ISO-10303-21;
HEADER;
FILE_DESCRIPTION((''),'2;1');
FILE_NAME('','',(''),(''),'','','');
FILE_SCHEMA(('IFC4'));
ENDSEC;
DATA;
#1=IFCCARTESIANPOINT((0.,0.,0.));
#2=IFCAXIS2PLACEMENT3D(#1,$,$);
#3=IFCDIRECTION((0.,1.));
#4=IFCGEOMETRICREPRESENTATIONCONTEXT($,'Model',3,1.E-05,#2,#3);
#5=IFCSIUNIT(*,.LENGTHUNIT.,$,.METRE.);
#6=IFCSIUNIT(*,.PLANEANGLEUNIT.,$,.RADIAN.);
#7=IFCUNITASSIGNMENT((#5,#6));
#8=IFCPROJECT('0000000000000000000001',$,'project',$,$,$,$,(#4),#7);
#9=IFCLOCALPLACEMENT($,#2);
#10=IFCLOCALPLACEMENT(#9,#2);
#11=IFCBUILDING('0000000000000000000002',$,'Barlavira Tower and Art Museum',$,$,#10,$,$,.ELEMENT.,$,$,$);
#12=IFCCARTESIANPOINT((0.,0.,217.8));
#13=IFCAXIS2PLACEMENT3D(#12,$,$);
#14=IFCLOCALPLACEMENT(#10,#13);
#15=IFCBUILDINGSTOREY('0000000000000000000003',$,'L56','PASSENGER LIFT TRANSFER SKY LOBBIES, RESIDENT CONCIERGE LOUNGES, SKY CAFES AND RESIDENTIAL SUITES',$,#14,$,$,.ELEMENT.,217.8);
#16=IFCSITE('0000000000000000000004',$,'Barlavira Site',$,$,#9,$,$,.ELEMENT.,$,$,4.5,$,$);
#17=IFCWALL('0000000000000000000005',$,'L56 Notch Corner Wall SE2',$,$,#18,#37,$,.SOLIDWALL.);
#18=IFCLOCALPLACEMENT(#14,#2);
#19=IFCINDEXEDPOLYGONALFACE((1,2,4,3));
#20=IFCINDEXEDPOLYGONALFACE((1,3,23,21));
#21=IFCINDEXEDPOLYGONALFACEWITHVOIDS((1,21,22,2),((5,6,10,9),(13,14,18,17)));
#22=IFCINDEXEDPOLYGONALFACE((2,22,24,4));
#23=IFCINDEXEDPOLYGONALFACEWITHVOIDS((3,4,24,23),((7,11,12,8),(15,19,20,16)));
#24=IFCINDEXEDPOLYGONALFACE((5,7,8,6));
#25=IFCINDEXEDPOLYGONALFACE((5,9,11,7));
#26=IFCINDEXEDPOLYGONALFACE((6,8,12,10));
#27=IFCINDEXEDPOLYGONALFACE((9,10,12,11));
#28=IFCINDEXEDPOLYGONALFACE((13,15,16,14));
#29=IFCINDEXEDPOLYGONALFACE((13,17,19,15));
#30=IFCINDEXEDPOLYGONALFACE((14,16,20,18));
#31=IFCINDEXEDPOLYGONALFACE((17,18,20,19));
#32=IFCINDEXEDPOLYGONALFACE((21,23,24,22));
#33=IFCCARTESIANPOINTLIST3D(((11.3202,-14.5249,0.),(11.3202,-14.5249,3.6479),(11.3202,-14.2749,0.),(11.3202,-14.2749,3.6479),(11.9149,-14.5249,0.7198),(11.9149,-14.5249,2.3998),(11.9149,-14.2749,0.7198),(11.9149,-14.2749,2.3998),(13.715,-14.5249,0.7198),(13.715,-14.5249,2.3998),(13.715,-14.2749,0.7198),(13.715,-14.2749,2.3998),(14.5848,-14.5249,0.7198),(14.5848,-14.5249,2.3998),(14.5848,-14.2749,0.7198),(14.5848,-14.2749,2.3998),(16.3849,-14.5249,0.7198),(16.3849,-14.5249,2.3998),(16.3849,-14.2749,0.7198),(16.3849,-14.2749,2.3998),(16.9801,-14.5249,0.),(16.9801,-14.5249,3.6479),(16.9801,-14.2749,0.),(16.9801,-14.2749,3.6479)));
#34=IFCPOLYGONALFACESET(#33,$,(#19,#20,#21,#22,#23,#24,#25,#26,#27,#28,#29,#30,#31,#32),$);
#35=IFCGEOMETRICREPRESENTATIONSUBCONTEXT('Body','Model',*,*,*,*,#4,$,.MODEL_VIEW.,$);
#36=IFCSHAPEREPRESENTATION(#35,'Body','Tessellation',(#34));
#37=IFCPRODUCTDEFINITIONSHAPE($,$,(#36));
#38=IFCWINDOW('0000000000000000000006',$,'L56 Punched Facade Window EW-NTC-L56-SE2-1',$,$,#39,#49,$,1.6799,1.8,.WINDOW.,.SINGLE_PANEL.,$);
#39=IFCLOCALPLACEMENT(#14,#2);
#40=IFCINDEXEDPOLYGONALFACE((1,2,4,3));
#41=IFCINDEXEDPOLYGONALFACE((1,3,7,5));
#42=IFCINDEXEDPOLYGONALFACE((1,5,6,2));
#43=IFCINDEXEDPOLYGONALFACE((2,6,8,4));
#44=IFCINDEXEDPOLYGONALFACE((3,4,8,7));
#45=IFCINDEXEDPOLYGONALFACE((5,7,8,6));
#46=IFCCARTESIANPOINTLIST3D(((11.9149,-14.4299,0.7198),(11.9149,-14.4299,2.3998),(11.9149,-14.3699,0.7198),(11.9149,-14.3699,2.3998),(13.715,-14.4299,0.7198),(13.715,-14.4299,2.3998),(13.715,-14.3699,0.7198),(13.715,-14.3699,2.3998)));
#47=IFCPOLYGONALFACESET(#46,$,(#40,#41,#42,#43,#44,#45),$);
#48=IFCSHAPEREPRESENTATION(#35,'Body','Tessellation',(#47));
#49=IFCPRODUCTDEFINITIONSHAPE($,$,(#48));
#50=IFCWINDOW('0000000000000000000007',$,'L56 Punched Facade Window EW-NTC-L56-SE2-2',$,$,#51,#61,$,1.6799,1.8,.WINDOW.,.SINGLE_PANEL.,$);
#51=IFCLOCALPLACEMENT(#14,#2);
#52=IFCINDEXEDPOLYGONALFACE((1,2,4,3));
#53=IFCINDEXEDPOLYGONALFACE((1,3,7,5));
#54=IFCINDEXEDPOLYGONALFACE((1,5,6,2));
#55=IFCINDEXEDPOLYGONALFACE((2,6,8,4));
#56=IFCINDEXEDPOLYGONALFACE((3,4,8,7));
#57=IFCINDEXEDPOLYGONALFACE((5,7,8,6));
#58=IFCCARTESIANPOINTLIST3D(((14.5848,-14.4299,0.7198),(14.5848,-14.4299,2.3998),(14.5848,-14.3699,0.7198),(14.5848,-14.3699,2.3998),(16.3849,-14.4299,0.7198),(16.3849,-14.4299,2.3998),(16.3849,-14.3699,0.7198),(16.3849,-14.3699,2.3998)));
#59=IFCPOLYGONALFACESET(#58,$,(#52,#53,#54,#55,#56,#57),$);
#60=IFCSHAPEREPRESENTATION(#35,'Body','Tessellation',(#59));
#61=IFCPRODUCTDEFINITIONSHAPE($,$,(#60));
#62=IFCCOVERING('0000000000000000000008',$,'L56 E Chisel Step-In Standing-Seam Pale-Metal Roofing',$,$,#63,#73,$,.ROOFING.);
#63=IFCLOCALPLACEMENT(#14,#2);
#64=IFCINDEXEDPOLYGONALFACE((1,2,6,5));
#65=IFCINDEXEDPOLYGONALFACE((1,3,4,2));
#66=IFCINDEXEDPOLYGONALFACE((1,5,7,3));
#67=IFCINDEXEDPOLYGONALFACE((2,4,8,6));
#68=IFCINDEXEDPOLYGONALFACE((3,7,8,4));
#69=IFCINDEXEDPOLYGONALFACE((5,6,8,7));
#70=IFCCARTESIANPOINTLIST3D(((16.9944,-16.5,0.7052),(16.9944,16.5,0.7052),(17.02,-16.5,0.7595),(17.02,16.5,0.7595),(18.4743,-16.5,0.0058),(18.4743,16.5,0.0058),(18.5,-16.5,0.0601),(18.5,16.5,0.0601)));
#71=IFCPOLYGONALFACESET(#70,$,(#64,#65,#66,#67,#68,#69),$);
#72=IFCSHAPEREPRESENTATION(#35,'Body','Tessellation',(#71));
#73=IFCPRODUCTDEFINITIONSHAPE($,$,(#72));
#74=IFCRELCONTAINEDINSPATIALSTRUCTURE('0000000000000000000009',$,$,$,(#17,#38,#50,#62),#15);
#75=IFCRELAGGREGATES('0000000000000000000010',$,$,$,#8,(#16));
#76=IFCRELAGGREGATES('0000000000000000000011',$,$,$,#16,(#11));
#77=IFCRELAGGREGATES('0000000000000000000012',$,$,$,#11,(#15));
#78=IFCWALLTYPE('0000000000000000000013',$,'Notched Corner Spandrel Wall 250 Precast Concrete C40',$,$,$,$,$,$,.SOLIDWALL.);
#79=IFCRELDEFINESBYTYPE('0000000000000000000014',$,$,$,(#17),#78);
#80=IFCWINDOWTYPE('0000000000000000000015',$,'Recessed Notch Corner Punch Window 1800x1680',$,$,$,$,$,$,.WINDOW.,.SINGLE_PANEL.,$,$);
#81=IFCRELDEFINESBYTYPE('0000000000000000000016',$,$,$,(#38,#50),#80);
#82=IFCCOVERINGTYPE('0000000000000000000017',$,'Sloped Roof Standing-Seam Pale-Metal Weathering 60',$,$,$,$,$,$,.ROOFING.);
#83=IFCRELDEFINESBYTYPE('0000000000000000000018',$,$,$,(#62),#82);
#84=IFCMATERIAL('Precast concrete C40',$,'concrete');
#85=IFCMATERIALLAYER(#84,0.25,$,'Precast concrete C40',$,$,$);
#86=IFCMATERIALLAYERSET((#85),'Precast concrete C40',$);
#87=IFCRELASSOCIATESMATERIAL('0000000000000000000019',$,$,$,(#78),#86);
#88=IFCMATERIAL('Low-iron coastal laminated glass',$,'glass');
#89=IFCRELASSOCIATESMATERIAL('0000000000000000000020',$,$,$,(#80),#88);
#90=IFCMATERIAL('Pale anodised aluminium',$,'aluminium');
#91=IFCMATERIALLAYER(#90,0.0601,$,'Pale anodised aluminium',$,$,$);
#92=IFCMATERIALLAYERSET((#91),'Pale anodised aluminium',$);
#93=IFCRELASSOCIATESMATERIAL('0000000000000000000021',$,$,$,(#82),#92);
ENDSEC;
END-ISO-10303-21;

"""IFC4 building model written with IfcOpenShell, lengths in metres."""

from ifc_helpers import new_model, si_unit, direction, frame, frame_2d, origin, place, context, subcontext, project, spatial, polyline, rectangle, outline, extrude, material, layer, layer_set, type_object, element, fill, save


model = new_model("IFC4")

# Units and contexts
model_context = context("Model", 3, precision=1e-05, world=origin(), true_north=direction((0.0, 1.0)))
body_context = subcontext(model_context, "Body", "Model", "MODEL_VIEW")
ifc_project = project(units=[si_unit("LENGTHUNIT", "METRE"), si_unit("PLANEANGLEUNIT", "RADIAN")], contexts=[model_context])

# Site, building, storey
site_placement = place(None, origin())
site = spatial("IfcSite", under=ifc_project, at=site_placement, Name="Barlavira Site", CompositionType="ELEMENT", RefElevation=4.5)
building_placement = place(site_placement, origin())
building = spatial("IfcBuilding", under=site, at=building_placement, Name="Barlavira Tower and Art Museum", CompositionType="ELEMENT")
storey_placement = place(building_placement, frame((0.0, 0.0, 217.8)))
storey = spatial("IfcBuildingStorey", under=building, at=storey_placement, Name="L56", Description="PASSENGER LIFT TRANSFER SKY LOBBIES, RESIDENT CONCIERGE LOUNGES, SKY CAFES AND RESIDENTIAL SUITES", CompositionType="ELEMENT", Elevation=217.8)

# Shared definitions
ifc_material_1 = material(Name="Precast concrete C40", Category="concrete")

# Shared definitions
ifc_layer_1 = layer(ifc_material_1, 0.25, Name="Precast concrete C40")
ifc_layer_set_1 = layer_set([ifc_layer_1], Name="Precast concrete C40")
wall_type = type_object("IfcWallType", Name="Notched Corner Spandrel Wall 250 Precast Concrete C40", PredefinedType="SOLIDWALL", material=ifc_layer_set_1)
ifc_material_2 = material(Name="Low-iron coastal laminated glass", Category="glass")
window_type = type_object("IfcWindowType", Name="Recessed Notch Corner Punch Window 1800x1680", PartitioningType="SINGLE_PANEL", PredefinedType="WINDOW", material=ifc_material_2)

# Wall, openings, windows
wall_1_placement = place(storey_placement, frame((11.3201, -14.3999, 0.0), z_axis=(0.0, 0.0, 1.0), x_axis=(1.0, 0.0, 0.0)))
wall_1 = element("IfcWall", 1, at=wall_1_placement, inside=storey, type_object=wall_type, Name="L56 Notch Corner Wall SE2", PredefinedType="SOLIDWALL", context=body_context, shape_type="SweptSolid", body=[
    extrude(rectangle(XDim=5.6599, YDim=0.25, at=frame_2d((2.8301, 0.0))), origin(), (0.0, 0.0, 1.0), 3.6479),
])
opening_1_placement = place(wall_1_placement, frame((0.595, 0.0, 0.72)))
opening_1 = element("IfcOpeningElement", 2, at=opening_1_placement, cuts=wall_1, PredefinedType="OPENING", context=body_context, shape_type="SweptSolid", body=[
    extrude(rectangle(XDim=1.8, YDim=1.6799, at=frame_2d((0.8999, 0.8398))), frame((0.0, 0.135, 0.0), z_axis=(0.0, -1.0, 0.0), x_axis=(1.0, 0.0, 0.0)), (0.0, 0.0, 1.0), 0.27),
])
opening_2_placement = place(wall_1_placement, frame((3.2649, 0.0, 0.72)))
opening_2 = element("IfcOpeningElement", 3, at=opening_2_placement, cuts=wall_1, PredefinedType="OPENING", context=body_context, shape_type="SweptSolid", body=[
    extrude(rectangle(XDim=1.8, YDim=1.6799, at=frame_2d((0.8999, 0.8398))), frame((0.0, 0.135, 0.0), z_axis=(0.0, -1.0, 0.0), x_axis=(1.0, 0.0, 0.0)), (0.0, 0.0, 1.0), 0.27),
])
window_1_placement = place(opening_1_placement, origin())
window_1 = element("IfcWindow", 4, at=window_1_placement, inside=storey, type_object=window_type, Name="L56 Punched Facade Window EW-NTC-L56-SE2-1", OverallHeight=1.6799, OverallWidth=1.8, PartitioningType="SINGLE_PANEL", PredefinedType="WINDOW", context=body_context, shape_type="SweptSolid", body=[
    extrude(rectangle(XDim=1.8, YDim=1.6799, at=frame_2d((0.8999, 0.8398))), frame((0.0, 0.03, 0.0), z_axis=(0.0, -1.0, 0.0), x_axis=(1.0, 0.0, 0.0)), (0.0, 0.0, 1.0), 0.0601),
])
fill(opening_1, window_1)
window_2_placement = place(opening_2_placement, origin())
window_2 = element("IfcWindow", 5, at=window_2_placement, inside=storey, type_object=window_type, Name="L56 Punched Facade Window EW-NTC-L56-SE2-2", OverallHeight=1.6799, OverallWidth=1.8, PartitioningType="SINGLE_PANEL", PredefinedType="WINDOW", context=body_context, shape_type="SweptSolid", body=[
    extrude(rectangle(XDim=1.8, YDim=1.6799, at=frame_2d((0.8999, 0.8398))), frame((0.0, 0.03, 0.0), z_axis=(0.0, -1.0, 0.0), x_axis=(1.0, 0.0, 0.0)), (0.0, 0.0, 1.0), 0.0601),
])
fill(opening_2, window_2)

# Covering
ifc_material_3 = material(Name="Pale anodised aluminium", Category="aluminium")
ifc_layer_2 = layer(ifc_material_3, 0.0601, Name="Pale anodised aluminium")
ifc_layer_set_2 = layer_set([ifc_layer_2], Name="Pale anodised aluminium")
covering_type = type_object("IfcCoveringType", Name="Sloped Roof Standing-Seam Pale-Metal Weathering 60", PredefinedType="ROOFING", material=ifc_layer_set_2)
covering_placement = place(storey_placement, frame((17.02, -16.5, 0.7595), z_axis=(0.427298, 0.0, 0.904111), x_axis=(0.904111, 0.0, -0.427298)))
element("IfcCovering", 6, at=covering_placement, inside=storey, type_object=covering_type, Name="L56 E Chisel Step-In Standing-Seam Pale-Metal Roofing", PredefinedType="ROOFING", context=body_context, shape_type="SweptSolid", body=[
    extrude(outline(polyline([(0.0, 0.0), (1.6369, 0.0), (1.6369, 33.0), (0.0, 33.0), (0.0, 0.0)])), origin(), (0.0, 0.0, -1.0), 0.0601),
])

save(model, "model.ifc")
